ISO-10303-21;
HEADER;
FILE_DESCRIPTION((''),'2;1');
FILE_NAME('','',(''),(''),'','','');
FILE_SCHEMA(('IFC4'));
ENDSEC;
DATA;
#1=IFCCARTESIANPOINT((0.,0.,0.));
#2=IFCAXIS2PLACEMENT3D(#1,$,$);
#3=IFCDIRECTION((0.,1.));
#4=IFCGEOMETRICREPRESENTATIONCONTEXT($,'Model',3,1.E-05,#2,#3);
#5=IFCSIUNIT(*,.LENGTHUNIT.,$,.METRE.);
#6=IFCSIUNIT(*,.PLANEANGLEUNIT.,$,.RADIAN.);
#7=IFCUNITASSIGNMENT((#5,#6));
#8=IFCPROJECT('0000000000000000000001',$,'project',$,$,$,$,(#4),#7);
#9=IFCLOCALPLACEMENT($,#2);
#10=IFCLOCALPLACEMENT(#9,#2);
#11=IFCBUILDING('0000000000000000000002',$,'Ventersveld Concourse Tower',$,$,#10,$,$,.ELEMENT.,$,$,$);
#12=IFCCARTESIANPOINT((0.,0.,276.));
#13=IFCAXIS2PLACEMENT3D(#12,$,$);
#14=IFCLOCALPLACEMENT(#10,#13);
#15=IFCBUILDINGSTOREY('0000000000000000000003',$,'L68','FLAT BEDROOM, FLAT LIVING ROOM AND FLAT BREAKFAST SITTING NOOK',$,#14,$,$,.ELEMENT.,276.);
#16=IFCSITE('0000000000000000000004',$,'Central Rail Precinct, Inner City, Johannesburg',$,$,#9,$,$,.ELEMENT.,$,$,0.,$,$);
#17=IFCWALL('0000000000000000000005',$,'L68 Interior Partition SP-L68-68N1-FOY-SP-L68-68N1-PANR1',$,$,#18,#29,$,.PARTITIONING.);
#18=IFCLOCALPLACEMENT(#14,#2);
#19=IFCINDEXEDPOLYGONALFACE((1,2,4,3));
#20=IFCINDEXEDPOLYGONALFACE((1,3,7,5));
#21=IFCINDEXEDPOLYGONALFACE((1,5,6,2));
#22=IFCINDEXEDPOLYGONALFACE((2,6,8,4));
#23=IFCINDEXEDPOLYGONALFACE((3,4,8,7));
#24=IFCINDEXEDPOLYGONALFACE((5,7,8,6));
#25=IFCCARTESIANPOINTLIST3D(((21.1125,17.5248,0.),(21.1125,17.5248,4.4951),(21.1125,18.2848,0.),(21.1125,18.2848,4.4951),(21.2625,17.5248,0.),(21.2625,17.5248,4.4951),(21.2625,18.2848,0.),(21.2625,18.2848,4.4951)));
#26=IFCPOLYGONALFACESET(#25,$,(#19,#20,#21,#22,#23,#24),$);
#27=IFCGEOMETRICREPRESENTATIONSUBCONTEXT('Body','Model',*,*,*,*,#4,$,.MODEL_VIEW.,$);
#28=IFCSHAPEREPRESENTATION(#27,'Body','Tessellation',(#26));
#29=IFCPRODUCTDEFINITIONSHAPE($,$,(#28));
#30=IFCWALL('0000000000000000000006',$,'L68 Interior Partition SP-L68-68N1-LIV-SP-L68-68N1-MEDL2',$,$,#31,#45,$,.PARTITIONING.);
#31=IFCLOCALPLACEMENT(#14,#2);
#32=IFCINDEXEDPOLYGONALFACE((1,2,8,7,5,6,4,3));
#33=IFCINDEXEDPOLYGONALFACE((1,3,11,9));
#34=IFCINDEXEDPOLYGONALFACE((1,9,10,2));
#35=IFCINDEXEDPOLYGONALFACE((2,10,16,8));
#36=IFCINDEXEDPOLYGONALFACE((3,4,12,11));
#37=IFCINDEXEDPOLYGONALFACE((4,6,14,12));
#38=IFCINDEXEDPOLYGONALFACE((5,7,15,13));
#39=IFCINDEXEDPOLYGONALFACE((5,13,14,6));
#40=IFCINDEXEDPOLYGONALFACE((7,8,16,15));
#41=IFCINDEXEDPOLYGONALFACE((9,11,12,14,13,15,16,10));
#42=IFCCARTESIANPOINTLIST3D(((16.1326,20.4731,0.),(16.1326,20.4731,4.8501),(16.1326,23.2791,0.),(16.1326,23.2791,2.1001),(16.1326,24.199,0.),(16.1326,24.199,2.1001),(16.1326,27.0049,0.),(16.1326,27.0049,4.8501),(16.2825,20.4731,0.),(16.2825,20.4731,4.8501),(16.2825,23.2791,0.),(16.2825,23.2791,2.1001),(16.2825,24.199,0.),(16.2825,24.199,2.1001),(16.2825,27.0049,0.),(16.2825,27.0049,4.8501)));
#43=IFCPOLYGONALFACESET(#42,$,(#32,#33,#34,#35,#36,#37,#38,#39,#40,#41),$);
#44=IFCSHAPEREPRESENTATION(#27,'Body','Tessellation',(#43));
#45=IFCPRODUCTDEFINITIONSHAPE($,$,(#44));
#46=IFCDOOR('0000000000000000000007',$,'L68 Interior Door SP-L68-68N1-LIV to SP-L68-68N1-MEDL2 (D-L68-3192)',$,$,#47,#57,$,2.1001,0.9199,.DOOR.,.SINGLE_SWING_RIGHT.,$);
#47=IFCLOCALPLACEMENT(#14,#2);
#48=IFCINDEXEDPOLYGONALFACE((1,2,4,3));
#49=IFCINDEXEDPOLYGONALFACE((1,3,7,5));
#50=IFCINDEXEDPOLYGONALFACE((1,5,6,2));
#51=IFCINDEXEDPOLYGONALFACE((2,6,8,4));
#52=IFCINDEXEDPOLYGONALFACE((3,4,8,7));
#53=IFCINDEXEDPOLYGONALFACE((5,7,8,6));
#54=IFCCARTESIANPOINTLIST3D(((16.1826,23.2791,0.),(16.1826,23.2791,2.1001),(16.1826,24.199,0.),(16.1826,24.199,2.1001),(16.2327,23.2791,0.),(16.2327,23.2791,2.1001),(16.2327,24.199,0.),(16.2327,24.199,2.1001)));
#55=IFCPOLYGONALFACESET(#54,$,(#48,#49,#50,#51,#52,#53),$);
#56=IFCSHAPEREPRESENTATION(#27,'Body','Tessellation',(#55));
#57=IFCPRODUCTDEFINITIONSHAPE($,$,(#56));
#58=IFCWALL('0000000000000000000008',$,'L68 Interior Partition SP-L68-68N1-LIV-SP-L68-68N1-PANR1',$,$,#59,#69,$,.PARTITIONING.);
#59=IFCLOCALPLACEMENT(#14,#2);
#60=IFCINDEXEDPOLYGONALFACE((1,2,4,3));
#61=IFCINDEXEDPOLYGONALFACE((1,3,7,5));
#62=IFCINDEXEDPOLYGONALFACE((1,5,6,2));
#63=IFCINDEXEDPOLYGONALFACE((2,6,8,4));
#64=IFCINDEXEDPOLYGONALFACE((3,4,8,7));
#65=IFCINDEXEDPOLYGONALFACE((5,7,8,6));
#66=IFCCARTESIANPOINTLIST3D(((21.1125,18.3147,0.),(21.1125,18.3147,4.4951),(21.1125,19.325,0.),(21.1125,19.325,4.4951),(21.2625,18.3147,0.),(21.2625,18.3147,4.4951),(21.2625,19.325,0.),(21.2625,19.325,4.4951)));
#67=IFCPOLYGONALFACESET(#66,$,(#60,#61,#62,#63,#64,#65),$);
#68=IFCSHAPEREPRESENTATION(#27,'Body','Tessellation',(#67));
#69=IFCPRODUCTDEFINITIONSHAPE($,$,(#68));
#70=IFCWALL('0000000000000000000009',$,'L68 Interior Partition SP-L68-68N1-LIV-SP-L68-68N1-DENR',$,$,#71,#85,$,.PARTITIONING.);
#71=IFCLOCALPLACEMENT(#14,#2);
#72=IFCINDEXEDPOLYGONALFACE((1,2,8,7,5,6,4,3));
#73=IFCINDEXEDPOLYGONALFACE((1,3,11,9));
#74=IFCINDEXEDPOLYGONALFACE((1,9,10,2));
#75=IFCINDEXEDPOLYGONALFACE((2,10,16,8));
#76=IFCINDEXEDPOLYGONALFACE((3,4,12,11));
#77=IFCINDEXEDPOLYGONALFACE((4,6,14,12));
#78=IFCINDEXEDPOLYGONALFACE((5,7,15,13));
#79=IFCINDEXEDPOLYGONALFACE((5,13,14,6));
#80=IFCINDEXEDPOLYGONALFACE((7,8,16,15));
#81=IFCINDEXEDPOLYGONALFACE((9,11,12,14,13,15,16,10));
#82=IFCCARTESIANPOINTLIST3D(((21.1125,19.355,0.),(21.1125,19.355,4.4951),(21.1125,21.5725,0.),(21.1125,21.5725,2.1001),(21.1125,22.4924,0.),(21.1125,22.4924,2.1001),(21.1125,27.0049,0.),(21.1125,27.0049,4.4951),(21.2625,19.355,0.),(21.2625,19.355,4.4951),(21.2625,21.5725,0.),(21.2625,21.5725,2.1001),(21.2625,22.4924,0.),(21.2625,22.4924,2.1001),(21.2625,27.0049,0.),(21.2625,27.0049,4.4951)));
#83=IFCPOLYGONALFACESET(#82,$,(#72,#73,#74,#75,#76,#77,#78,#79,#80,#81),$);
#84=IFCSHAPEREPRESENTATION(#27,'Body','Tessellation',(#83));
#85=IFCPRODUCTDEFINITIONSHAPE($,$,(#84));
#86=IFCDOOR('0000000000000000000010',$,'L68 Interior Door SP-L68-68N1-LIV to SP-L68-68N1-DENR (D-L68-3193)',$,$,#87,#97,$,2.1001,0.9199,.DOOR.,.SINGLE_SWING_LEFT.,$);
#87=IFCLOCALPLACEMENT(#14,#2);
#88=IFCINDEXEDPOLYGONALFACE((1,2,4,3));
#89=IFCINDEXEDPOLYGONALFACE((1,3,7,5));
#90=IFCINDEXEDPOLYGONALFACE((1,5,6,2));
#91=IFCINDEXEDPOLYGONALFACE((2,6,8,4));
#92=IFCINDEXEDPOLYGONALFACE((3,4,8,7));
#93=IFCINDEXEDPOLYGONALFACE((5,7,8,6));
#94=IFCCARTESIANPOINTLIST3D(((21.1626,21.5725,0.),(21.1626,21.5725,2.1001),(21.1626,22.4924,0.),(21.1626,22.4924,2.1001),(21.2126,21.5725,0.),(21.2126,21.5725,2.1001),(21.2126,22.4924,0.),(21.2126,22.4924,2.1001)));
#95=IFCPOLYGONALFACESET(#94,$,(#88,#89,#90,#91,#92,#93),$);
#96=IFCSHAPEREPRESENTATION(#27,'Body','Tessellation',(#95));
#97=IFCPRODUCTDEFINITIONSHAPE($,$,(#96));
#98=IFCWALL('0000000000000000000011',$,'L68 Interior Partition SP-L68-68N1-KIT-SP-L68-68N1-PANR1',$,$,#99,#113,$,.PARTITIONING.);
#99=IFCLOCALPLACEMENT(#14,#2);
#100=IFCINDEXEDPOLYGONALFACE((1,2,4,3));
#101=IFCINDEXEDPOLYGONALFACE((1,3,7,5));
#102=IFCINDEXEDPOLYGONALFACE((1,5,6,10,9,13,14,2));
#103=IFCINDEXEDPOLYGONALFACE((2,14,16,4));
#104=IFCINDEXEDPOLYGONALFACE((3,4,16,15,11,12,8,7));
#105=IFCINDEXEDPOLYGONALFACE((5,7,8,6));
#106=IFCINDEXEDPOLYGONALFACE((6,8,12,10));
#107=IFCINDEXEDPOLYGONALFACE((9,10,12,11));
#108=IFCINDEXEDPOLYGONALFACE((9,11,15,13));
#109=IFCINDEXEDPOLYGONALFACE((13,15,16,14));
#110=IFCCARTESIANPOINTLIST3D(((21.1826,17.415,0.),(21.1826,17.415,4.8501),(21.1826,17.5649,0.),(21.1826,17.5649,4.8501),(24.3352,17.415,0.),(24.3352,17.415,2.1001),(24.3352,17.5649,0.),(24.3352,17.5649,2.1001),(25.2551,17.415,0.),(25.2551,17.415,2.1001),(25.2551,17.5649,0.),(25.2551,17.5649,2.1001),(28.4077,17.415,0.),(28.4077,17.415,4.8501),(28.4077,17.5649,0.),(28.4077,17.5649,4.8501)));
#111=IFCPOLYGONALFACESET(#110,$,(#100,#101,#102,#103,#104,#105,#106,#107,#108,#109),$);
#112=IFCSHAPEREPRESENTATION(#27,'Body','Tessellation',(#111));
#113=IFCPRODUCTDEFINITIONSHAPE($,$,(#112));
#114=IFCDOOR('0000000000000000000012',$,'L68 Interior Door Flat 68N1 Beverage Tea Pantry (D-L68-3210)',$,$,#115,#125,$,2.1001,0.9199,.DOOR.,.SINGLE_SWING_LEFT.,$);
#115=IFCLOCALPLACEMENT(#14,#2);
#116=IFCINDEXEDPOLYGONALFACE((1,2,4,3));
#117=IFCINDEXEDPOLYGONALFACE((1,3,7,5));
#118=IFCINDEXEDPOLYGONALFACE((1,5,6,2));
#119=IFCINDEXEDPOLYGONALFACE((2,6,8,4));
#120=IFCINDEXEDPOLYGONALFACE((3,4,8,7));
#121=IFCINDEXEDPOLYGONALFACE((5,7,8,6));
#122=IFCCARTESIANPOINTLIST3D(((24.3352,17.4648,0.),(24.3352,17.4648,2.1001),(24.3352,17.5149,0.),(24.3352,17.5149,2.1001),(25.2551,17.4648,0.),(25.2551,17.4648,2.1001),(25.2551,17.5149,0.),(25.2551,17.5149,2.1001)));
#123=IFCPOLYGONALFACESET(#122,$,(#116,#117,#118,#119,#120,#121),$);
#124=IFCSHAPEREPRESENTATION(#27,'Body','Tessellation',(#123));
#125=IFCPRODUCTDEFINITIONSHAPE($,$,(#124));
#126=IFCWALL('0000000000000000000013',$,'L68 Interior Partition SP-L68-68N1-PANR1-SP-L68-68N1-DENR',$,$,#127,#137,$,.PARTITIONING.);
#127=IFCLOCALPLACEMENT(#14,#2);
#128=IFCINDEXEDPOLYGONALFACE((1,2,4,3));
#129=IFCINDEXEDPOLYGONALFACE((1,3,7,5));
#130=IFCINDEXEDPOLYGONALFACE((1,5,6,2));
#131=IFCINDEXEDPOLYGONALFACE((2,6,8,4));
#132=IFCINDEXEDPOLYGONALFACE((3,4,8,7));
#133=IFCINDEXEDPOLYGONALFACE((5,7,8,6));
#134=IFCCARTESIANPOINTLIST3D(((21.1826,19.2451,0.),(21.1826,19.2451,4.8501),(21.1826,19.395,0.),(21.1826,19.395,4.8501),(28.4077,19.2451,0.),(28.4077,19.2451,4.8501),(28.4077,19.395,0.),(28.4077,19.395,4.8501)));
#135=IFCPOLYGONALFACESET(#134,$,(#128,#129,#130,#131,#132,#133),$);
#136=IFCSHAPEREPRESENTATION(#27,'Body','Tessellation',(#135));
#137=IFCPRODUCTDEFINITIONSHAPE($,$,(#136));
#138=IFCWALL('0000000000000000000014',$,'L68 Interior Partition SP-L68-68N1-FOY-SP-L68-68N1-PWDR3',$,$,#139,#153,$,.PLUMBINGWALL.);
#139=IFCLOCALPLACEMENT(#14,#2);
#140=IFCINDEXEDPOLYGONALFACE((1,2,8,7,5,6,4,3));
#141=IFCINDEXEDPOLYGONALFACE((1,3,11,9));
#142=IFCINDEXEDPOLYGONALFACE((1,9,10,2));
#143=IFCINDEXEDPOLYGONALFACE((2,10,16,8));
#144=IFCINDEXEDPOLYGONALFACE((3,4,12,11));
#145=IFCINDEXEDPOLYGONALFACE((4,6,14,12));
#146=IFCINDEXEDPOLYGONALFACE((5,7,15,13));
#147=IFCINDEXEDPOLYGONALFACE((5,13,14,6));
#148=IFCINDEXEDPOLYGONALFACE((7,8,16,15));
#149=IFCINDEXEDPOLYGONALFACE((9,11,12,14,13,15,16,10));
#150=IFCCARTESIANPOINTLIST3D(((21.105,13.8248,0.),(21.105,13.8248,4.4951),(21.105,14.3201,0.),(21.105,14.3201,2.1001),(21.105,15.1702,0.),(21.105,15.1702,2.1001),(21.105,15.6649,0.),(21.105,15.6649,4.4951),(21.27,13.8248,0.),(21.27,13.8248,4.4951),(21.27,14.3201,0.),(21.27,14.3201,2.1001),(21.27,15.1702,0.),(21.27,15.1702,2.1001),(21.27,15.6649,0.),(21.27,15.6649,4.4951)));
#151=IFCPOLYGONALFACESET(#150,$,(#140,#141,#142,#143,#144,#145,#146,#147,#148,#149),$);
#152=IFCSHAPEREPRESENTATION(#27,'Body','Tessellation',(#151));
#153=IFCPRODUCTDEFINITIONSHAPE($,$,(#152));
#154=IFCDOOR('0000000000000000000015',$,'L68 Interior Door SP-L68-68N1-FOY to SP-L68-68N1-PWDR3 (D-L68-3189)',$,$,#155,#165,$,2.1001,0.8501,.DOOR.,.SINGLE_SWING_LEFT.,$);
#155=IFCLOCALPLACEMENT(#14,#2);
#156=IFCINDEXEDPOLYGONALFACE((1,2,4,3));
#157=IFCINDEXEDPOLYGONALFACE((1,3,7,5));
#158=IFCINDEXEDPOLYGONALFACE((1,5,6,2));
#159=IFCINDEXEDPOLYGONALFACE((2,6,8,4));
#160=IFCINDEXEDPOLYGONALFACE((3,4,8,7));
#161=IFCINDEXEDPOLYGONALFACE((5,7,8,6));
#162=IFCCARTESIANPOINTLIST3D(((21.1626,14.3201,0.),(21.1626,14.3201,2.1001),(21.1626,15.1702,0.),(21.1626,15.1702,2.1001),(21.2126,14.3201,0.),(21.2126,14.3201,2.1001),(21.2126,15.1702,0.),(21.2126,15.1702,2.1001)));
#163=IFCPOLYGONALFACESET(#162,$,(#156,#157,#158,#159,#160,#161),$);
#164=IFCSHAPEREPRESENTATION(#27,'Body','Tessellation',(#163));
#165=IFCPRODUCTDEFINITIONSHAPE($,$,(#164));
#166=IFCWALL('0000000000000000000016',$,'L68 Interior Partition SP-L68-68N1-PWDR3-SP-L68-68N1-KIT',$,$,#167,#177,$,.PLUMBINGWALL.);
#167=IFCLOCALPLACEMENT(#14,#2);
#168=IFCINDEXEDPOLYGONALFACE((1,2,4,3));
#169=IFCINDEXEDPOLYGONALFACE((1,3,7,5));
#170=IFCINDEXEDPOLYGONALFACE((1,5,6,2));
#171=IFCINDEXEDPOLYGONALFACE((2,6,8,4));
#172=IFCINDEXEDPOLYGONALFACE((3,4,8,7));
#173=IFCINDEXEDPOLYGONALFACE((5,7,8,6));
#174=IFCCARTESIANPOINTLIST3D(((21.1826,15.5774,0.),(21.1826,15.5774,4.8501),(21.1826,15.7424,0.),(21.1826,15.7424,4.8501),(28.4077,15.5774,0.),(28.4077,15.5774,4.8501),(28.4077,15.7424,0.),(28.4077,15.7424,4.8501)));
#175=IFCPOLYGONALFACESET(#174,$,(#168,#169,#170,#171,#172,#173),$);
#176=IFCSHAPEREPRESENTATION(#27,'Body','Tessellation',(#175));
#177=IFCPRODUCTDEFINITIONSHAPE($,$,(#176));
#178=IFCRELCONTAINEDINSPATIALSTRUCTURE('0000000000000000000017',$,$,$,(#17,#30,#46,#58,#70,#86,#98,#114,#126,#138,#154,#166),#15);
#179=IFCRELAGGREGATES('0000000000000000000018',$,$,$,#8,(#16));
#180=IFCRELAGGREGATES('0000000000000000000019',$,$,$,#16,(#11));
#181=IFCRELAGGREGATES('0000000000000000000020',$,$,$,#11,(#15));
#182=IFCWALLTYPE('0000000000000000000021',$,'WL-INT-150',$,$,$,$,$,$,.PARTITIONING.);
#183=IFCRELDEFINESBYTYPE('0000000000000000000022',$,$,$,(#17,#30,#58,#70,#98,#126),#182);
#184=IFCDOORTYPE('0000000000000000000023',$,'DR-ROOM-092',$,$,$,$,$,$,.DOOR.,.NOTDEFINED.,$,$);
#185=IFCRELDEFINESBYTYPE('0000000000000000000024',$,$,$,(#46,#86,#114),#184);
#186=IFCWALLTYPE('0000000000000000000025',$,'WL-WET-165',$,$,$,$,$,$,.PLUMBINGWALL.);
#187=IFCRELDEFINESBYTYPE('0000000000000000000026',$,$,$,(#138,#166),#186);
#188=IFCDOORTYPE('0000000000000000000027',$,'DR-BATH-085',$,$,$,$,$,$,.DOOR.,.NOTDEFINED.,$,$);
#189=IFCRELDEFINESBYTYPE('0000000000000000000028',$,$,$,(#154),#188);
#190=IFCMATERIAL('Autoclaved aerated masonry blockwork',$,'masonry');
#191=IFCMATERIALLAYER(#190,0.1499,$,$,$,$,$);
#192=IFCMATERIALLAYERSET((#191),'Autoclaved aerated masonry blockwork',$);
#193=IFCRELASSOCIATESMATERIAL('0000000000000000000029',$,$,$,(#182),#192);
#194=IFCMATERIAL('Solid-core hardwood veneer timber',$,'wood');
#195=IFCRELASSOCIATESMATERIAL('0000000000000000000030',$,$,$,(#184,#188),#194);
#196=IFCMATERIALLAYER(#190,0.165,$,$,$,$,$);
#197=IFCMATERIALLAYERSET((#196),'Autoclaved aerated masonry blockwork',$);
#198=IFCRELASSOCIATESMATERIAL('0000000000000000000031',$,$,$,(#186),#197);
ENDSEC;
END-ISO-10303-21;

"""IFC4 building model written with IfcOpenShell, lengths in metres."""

from ifc_helpers import new_model, si_unit, direction, frame, frame_2d, origin, place, context, subcontext, project, spatial, rectangle, extrude, material, layer, layer_set, type_object, element, fill, save


model = new_model("IFC4")

# Units and contexts
model_context = context("Model", 3, precision=1e-05, world=origin(), true_north=direction((0.0, 1.0)))
body_context = subcontext(model_context, "Body", "Model", "MODEL_VIEW")
ifc_project = project(units=[si_unit("LENGTHUNIT", "METRE"), si_unit("PLANEANGLEUNIT", "RADIAN")], contexts=[model_context])

# Site, building, storey
site_placement = place(None, origin())
site = spatial("IfcSite", under=ifc_project, at=site_placement, Name="Central Rail Precinct, Inner City, Johannesburg", CompositionType="ELEMENT", RefElevation=0.0)
building_placement = place(site_placement, origin())
building = spatial("IfcBuilding", under=site, at=building_placement, Name="Ventersveld Concourse Tower", CompositionType="ELEMENT")
storey_placement = place(building_placement, frame((0.0, 0.0, 276.0)))
storey = spatial("IfcBuildingStorey", under=building, at=storey_placement, Name="L68", Description="FLAT BEDROOM, FLAT LIVING ROOM AND FLAT BREAKFAST SITTING NOOK", CompositionType="ELEMENT", Elevation=276.0)

# Shared definitions
ifc_material_1 = material(Name="Autoclaved aerated masonry blockwork", Category="masonry")
ifc_layer_1 = layer(ifc_material_1, 0.1499)
ifc_layer_set_1 = layer_set([ifc_layer_1], Name="Autoclaved aerated masonry blockwork")
wall_type_1 = type_object("IfcWallType", Name="WL-INT-150", PredefinedType="PARTITIONING", material=ifc_layer_set_1)
ifc_material_2 = material(Name="Solid-core hardwood veneer timber", Category="wood")
door_type_1 = type_object("IfcDoorType", Name="DR-ROOM-092", OperationType="NOTDEFINED", PredefinedType="DOOR", material=ifc_material_2)

# Wall
wall_1_placement = place(storey_placement, frame((21.1875, 17.5249, 0.0), z_axis=(0.0, 0.0, 1.0), x_axis=(0.0, 1.0, 0.0)))
element("IfcWall", 1, at=wall_1_placement, inside=storey, type_object=wall_type_1, Name="L68 Interior Partition SP-L68-68N1-FOY-SP-L68-68N1-PANR1", PredefinedType="PARTITIONING", context=body_context, shape_type="SweptSolid", body=[
    extrude(rectangle(XDim=0.76, YDim=0.1499, at=frame_2d((0.3799, 0.0))), origin(), (0.0, 0.0, 1.0), 4.4951),
])

# Wall, opening, door
wall_2_placement = place(storey_placement, frame((16.2075, 20.4731, 0.0), z_axis=(0.0, 0.0, 1.0), x_axis=(0.0, 1.0, 0.0)))
wall_2 = element("IfcWall", 2, at=wall_2_placement, inside=storey, type_object=wall_type_1, Name="L68 Interior Partition SP-L68-68N1-LIV-SP-L68-68N1-MEDL2", PredefinedType="PARTITIONING", context=body_context, shape_type="SweptSolid", body=[
    extrude(rectangle(XDim=6.5317, YDim=0.1499, at=frame_2d((3.2659, 0.0))), origin(), (0.0, 0.0, 1.0), 4.8501),
])
opening_1_placement = place(wall_2_placement, frame((2.8059, 0.0, 0.0)))
opening_1 = element("IfcOpeningElement", 3, at=opening_1_placement, cuts=wall_2, PredefinedType="OPENING", context=body_context, shape_type="SweptSolid", body=[
    extrude(rectangle(XDim=0.9199, YDim=2.1001, at=frame_2d((0.46, 1.05))), frame((0.0, 0.085, 0.0), z_axis=(0.0, -1.0, 0.0), x_axis=(1.0, 0.0, 0.0)), (0.0, 0.0, 1.0), 0.1699),
])
door_1_placement = place(opening_1_placement, origin())
door_1 = element("IfcDoor", 4, at=door_1_placement, inside=storey, type_object=door_type_1, Name="L68 Interior Door SP-L68-68N1-LIV to SP-L68-68N1-MEDL2 (D-L68-3192)", OperationType="SINGLE_SWING_RIGHT", OverallHeight=2.1001, OverallWidth=0.9199, PredefinedType="DOOR", context=body_context, shape_type="SweptSolid", body=[
    extrude(rectangle(XDim=0.9199, YDim=2.1001, at=frame_2d((0.46, 1.05))), frame((0.0, 0.0249, 0.0), z_axis=(0.0, -1.0, 0.0), x_axis=(1.0, 0.0, 0.0)), (0.0, 0.0, 1.0), 0.05),
])
fill(opening_1, door_1)

# Wall
wall_3_placement = place(storey_placement, frame((21.1875, 18.3147, 0.0), z_axis=(0.0, 0.0, 1.0), x_axis=(0.0, 1.0, 0.0)))
element("IfcWall", 5, at=wall_3_placement, inside=storey, type_object=wall_type_1, Name="L68 Interior Partition SP-L68-68N1-LIV-SP-L68-68N1-PANR1", PredefinedType="PARTITIONING", context=body_context, shape_type="SweptSolid", body=[
    extrude(rectangle(XDim=1.0103, YDim=0.1499, at=frame_2d((0.5051, 0.0))), origin(), (0.0, 0.0, 1.0), 4.4951),
])

# Walls, openings, doors
wall_4_placement = place(storey_placement, frame((21.1875, 19.355, 0.0), z_axis=(0.0, 0.0, 1.0), x_axis=(0.0, 1.0, 0.0)))
wall_4 = element("IfcWall", 6, at=wall_4_placement, inside=storey, type_object=wall_type_1, Name="L68 Interior Partition SP-L68-68N1-LIV-SP-L68-68N1-DENR", PredefinedType="PARTITIONING", context=body_context, shape_type="SweptSolid", body=[
    extrude(rectangle(XDim=7.6499, YDim=0.1499, at=frame_2d((3.825, 0.0))), origin(), (0.0, 0.0, 1.0), 4.4951),
])
opening_2_placement = place(wall_4_placement, frame((2.2175, 0.0, 0.0)))
opening_2 = element("IfcOpeningElement", 7, at=opening_2_placement, cuts=wall_4, PredefinedType="OPENING", context=body_context, shape_type="SweptSolid", body=[
    extrude(rectangle(XDim=0.9199, YDim=2.1001, at=frame_2d((0.46, 1.05))), frame((0.0, 0.085, 0.0), z_axis=(0.0, -1.0, 0.0), x_axis=(1.0, 0.0, 0.0)), (0.0, 0.0, 1.0), 0.1699),
])
door_2_placement = place(opening_2_placement, origin())
door_2 = element("IfcDoor", 8, at=door_2_placement, inside=storey, type_object=door_type_1, Name="L68 Interior Door SP-L68-68N1-LIV to SP-L68-68N1-DENR (D-L68-3193)", OperationType="SINGLE_SWING_LEFT", OverallHeight=2.1001, OverallWidth=0.9199, PredefinedType="DOOR", context=body_context, shape_type="SweptSolid", body=[
    extrude(rectangle(XDim=0.9199, YDim=2.1001, at=frame_2d((0.46, 1.05))), frame((0.0, 0.0249, 0.0), z_axis=(0.0, -1.0, 0.0), x_axis=(1.0, 0.0, 0.0)), (0.0, 0.0, 1.0), 0.05),
])
fill(opening_2, door_2)
wall_5_placement = place(storey_placement, frame((21.1826, 17.49, 0.0), z_axis=(0.0, 0.0, 1.0), x_axis=(1.0, 0.0, 0.0)))
wall_5 = element("IfcWall", 9, at=wall_5_placement, inside=storey, type_object=wall_type_1, Name="L68 Interior Partition SP-L68-68N1-KIT-SP-L68-68N1-PANR1", PredefinedType="PARTITIONING", context=body_context, shape_type="SweptSolid", body=[
    extrude(rectangle(XDim=7.2251, YDim=0.1499, at=frame_2d((3.6125, 0.0))), origin(), (0.0, 0.0, 1.0), 4.8501),
])
opening_3_placement = place(wall_5_placement, frame((3.1526, 0.0, 0.0)))
opening_3 = element("IfcOpeningElement", 10, at=opening_3_placement, cuts=wall_5, PredefinedType="OPENING", context=body_context, shape_type="SweptSolid", body=[
    extrude(rectangle(XDim=0.9199, YDim=2.1001, at=frame_2d((0.46, 1.05))), frame((0.0, 0.085, 0.0), z_axis=(0.0, -1.0, 0.0), x_axis=(1.0, 0.0, 0.0)), (0.0, 0.0, 1.0), 0.1699),
])
door_3_placement = place(opening_3_placement, origin())
door_3 = element("IfcDoor", 11, at=door_3_placement, inside=storey, type_object=door_type_1, Name="L68 Interior Door Flat 68N1 Beverage Tea Pantry (D-L68-3210)", OperationType="SINGLE_SWING_LEFT", OverallHeight=2.1001, OverallWidth=0.9199, PredefinedType="DOOR", context=body_context, shape_type="SweptSolid", body=[
    extrude(rectangle(XDim=0.9199, YDim=2.1001, at=frame_2d((0.46, 1.05))), frame((0.0, 0.0249, 0.0), z_axis=(0.0, -1.0, 0.0), x_axis=(1.0, 0.0, 0.0)), (0.0, 0.0, 1.0), 0.05),
])
fill(opening_3, door_3)

# Wall
wall_6_placement = place(storey_placement, frame((21.1826, 19.3201, 0.0), z_axis=(0.0, 0.0, 1.0), x_axis=(1.0, 0.0, 0.0)))
element("IfcWall", 12, at=wall_6_placement, inside=storey, type_object=wall_type_1, Name="L68 Interior Partition SP-L68-68N1-PANR1-SP-L68-68N1-DENR", PredefinedType="PARTITIONING", context=body_context, shape_type="SweptSolid", body=[
    extrude(rectangle(XDim=7.2251, YDim=0.1499, at=frame_2d((3.6125, 0.0))), origin(), (0.0, 0.0, 1.0), 4.8501),
])

# Wall, opening, door
ifc_layer_2 = layer(ifc_material_1, 0.165)
ifc_layer_set_2 = layer_set([ifc_layer_2], Name="Autoclaved aerated masonry blockwork")
wall_type_2 = type_object("IfcWallType", Name="WL-WET-165", PredefinedType="PLUMBINGWALL", material=ifc_layer_set_2)
wall_7_placement = place(storey_placement, frame((21.1875, 13.825, 0.0), z_axis=(0.0, 0.0, 1.0), x_axis=(0.0, 1.0, 0.0)))
wall_7 = element("IfcWall", 13, at=wall_7_placement, inside=storey, type_object=wall_type_2, Name="L68 Interior Partition SP-L68-68N1-FOY-SP-L68-68N1-PWDR3", PredefinedType="PLUMBINGWALL", context=body_context, shape_type="SweptSolid", body=[
    extrude(rectangle(XDim=1.8401, YDim=0.165, at=frame_2d((0.9199, 0.0))), origin(), (0.0, 0.0, 1.0), 4.4951),
])
opening_4_placement = place(wall_7_placement, frame((0.4951, 0.0, 0.0)))
opening_4 = element("IfcOpeningElement", 14, at=opening_4_placement, cuts=wall_7, PredefinedType="OPENING", context=body_context, shape_type="SweptSolid", body=[
    extrude(rectangle(XDim=0.8501, YDim=2.1001, at=frame_2d((0.425, 1.05))), frame((0.0, 0.0925, 0.0), z_axis=(0.0, -1.0, 0.0), x_axis=(1.0, 0.0, 0.0)), (0.0, 0.0, 1.0), 0.1851),
])
door_type_2 = type_object("IfcDoorType", Name="DR-BATH-085", OperationType="NOTDEFINED", PredefinedType="DOOR", material=ifc_material_2)
door_4_placement = place(opening_4_placement, origin())
door_4 = element("IfcDoor", 15, at=door_4_placement, inside=storey, type_object=door_type_2, Name="L68 Interior Door SP-L68-68N1-FOY to SP-L68-68N1-PWDR3 (D-L68-3189)", OperationType="SINGLE_SWING_LEFT", OverallHeight=2.1001, OverallWidth=0.8501, PredefinedType="DOOR", context=body_context, shape_type="SweptSolid", body=[
    extrude(rectangle(XDim=0.8501, YDim=2.1001, at=frame_2d((0.425, 1.05))), frame((0.0, 0.0249, 0.0), z_axis=(0.0, -1.0, 0.0), x_axis=(1.0, 0.0, 0.0)), (0.0, 0.0, 1.0), 0.05),
])
fill(opening_4, door_4)

# Wall
wall_8_placement = place(storey_placement, frame((21.1826, 15.6599, 0.0), z_axis=(0.0, 0.0, 1.0), x_axis=(1.0, 0.0, 0.0)))
element("IfcWall", 16, at=wall_8_placement, inside=storey, type_object=wall_type_2, Name="L68 Interior Partition SP-L68-68N1-PWDR3-SP-L68-68N1-KIT", PredefinedType="PLUMBINGWALL", context=body_context, shape_type="SweptSolid", body=[
    extrude(rectangle(XDim=7.2251, YDim=0.165, at=frame_2d((3.6125, 0.0))), origin(), (0.0, 0.0, 1.0), 4.8501),
])

save(model, "model.ifc")
